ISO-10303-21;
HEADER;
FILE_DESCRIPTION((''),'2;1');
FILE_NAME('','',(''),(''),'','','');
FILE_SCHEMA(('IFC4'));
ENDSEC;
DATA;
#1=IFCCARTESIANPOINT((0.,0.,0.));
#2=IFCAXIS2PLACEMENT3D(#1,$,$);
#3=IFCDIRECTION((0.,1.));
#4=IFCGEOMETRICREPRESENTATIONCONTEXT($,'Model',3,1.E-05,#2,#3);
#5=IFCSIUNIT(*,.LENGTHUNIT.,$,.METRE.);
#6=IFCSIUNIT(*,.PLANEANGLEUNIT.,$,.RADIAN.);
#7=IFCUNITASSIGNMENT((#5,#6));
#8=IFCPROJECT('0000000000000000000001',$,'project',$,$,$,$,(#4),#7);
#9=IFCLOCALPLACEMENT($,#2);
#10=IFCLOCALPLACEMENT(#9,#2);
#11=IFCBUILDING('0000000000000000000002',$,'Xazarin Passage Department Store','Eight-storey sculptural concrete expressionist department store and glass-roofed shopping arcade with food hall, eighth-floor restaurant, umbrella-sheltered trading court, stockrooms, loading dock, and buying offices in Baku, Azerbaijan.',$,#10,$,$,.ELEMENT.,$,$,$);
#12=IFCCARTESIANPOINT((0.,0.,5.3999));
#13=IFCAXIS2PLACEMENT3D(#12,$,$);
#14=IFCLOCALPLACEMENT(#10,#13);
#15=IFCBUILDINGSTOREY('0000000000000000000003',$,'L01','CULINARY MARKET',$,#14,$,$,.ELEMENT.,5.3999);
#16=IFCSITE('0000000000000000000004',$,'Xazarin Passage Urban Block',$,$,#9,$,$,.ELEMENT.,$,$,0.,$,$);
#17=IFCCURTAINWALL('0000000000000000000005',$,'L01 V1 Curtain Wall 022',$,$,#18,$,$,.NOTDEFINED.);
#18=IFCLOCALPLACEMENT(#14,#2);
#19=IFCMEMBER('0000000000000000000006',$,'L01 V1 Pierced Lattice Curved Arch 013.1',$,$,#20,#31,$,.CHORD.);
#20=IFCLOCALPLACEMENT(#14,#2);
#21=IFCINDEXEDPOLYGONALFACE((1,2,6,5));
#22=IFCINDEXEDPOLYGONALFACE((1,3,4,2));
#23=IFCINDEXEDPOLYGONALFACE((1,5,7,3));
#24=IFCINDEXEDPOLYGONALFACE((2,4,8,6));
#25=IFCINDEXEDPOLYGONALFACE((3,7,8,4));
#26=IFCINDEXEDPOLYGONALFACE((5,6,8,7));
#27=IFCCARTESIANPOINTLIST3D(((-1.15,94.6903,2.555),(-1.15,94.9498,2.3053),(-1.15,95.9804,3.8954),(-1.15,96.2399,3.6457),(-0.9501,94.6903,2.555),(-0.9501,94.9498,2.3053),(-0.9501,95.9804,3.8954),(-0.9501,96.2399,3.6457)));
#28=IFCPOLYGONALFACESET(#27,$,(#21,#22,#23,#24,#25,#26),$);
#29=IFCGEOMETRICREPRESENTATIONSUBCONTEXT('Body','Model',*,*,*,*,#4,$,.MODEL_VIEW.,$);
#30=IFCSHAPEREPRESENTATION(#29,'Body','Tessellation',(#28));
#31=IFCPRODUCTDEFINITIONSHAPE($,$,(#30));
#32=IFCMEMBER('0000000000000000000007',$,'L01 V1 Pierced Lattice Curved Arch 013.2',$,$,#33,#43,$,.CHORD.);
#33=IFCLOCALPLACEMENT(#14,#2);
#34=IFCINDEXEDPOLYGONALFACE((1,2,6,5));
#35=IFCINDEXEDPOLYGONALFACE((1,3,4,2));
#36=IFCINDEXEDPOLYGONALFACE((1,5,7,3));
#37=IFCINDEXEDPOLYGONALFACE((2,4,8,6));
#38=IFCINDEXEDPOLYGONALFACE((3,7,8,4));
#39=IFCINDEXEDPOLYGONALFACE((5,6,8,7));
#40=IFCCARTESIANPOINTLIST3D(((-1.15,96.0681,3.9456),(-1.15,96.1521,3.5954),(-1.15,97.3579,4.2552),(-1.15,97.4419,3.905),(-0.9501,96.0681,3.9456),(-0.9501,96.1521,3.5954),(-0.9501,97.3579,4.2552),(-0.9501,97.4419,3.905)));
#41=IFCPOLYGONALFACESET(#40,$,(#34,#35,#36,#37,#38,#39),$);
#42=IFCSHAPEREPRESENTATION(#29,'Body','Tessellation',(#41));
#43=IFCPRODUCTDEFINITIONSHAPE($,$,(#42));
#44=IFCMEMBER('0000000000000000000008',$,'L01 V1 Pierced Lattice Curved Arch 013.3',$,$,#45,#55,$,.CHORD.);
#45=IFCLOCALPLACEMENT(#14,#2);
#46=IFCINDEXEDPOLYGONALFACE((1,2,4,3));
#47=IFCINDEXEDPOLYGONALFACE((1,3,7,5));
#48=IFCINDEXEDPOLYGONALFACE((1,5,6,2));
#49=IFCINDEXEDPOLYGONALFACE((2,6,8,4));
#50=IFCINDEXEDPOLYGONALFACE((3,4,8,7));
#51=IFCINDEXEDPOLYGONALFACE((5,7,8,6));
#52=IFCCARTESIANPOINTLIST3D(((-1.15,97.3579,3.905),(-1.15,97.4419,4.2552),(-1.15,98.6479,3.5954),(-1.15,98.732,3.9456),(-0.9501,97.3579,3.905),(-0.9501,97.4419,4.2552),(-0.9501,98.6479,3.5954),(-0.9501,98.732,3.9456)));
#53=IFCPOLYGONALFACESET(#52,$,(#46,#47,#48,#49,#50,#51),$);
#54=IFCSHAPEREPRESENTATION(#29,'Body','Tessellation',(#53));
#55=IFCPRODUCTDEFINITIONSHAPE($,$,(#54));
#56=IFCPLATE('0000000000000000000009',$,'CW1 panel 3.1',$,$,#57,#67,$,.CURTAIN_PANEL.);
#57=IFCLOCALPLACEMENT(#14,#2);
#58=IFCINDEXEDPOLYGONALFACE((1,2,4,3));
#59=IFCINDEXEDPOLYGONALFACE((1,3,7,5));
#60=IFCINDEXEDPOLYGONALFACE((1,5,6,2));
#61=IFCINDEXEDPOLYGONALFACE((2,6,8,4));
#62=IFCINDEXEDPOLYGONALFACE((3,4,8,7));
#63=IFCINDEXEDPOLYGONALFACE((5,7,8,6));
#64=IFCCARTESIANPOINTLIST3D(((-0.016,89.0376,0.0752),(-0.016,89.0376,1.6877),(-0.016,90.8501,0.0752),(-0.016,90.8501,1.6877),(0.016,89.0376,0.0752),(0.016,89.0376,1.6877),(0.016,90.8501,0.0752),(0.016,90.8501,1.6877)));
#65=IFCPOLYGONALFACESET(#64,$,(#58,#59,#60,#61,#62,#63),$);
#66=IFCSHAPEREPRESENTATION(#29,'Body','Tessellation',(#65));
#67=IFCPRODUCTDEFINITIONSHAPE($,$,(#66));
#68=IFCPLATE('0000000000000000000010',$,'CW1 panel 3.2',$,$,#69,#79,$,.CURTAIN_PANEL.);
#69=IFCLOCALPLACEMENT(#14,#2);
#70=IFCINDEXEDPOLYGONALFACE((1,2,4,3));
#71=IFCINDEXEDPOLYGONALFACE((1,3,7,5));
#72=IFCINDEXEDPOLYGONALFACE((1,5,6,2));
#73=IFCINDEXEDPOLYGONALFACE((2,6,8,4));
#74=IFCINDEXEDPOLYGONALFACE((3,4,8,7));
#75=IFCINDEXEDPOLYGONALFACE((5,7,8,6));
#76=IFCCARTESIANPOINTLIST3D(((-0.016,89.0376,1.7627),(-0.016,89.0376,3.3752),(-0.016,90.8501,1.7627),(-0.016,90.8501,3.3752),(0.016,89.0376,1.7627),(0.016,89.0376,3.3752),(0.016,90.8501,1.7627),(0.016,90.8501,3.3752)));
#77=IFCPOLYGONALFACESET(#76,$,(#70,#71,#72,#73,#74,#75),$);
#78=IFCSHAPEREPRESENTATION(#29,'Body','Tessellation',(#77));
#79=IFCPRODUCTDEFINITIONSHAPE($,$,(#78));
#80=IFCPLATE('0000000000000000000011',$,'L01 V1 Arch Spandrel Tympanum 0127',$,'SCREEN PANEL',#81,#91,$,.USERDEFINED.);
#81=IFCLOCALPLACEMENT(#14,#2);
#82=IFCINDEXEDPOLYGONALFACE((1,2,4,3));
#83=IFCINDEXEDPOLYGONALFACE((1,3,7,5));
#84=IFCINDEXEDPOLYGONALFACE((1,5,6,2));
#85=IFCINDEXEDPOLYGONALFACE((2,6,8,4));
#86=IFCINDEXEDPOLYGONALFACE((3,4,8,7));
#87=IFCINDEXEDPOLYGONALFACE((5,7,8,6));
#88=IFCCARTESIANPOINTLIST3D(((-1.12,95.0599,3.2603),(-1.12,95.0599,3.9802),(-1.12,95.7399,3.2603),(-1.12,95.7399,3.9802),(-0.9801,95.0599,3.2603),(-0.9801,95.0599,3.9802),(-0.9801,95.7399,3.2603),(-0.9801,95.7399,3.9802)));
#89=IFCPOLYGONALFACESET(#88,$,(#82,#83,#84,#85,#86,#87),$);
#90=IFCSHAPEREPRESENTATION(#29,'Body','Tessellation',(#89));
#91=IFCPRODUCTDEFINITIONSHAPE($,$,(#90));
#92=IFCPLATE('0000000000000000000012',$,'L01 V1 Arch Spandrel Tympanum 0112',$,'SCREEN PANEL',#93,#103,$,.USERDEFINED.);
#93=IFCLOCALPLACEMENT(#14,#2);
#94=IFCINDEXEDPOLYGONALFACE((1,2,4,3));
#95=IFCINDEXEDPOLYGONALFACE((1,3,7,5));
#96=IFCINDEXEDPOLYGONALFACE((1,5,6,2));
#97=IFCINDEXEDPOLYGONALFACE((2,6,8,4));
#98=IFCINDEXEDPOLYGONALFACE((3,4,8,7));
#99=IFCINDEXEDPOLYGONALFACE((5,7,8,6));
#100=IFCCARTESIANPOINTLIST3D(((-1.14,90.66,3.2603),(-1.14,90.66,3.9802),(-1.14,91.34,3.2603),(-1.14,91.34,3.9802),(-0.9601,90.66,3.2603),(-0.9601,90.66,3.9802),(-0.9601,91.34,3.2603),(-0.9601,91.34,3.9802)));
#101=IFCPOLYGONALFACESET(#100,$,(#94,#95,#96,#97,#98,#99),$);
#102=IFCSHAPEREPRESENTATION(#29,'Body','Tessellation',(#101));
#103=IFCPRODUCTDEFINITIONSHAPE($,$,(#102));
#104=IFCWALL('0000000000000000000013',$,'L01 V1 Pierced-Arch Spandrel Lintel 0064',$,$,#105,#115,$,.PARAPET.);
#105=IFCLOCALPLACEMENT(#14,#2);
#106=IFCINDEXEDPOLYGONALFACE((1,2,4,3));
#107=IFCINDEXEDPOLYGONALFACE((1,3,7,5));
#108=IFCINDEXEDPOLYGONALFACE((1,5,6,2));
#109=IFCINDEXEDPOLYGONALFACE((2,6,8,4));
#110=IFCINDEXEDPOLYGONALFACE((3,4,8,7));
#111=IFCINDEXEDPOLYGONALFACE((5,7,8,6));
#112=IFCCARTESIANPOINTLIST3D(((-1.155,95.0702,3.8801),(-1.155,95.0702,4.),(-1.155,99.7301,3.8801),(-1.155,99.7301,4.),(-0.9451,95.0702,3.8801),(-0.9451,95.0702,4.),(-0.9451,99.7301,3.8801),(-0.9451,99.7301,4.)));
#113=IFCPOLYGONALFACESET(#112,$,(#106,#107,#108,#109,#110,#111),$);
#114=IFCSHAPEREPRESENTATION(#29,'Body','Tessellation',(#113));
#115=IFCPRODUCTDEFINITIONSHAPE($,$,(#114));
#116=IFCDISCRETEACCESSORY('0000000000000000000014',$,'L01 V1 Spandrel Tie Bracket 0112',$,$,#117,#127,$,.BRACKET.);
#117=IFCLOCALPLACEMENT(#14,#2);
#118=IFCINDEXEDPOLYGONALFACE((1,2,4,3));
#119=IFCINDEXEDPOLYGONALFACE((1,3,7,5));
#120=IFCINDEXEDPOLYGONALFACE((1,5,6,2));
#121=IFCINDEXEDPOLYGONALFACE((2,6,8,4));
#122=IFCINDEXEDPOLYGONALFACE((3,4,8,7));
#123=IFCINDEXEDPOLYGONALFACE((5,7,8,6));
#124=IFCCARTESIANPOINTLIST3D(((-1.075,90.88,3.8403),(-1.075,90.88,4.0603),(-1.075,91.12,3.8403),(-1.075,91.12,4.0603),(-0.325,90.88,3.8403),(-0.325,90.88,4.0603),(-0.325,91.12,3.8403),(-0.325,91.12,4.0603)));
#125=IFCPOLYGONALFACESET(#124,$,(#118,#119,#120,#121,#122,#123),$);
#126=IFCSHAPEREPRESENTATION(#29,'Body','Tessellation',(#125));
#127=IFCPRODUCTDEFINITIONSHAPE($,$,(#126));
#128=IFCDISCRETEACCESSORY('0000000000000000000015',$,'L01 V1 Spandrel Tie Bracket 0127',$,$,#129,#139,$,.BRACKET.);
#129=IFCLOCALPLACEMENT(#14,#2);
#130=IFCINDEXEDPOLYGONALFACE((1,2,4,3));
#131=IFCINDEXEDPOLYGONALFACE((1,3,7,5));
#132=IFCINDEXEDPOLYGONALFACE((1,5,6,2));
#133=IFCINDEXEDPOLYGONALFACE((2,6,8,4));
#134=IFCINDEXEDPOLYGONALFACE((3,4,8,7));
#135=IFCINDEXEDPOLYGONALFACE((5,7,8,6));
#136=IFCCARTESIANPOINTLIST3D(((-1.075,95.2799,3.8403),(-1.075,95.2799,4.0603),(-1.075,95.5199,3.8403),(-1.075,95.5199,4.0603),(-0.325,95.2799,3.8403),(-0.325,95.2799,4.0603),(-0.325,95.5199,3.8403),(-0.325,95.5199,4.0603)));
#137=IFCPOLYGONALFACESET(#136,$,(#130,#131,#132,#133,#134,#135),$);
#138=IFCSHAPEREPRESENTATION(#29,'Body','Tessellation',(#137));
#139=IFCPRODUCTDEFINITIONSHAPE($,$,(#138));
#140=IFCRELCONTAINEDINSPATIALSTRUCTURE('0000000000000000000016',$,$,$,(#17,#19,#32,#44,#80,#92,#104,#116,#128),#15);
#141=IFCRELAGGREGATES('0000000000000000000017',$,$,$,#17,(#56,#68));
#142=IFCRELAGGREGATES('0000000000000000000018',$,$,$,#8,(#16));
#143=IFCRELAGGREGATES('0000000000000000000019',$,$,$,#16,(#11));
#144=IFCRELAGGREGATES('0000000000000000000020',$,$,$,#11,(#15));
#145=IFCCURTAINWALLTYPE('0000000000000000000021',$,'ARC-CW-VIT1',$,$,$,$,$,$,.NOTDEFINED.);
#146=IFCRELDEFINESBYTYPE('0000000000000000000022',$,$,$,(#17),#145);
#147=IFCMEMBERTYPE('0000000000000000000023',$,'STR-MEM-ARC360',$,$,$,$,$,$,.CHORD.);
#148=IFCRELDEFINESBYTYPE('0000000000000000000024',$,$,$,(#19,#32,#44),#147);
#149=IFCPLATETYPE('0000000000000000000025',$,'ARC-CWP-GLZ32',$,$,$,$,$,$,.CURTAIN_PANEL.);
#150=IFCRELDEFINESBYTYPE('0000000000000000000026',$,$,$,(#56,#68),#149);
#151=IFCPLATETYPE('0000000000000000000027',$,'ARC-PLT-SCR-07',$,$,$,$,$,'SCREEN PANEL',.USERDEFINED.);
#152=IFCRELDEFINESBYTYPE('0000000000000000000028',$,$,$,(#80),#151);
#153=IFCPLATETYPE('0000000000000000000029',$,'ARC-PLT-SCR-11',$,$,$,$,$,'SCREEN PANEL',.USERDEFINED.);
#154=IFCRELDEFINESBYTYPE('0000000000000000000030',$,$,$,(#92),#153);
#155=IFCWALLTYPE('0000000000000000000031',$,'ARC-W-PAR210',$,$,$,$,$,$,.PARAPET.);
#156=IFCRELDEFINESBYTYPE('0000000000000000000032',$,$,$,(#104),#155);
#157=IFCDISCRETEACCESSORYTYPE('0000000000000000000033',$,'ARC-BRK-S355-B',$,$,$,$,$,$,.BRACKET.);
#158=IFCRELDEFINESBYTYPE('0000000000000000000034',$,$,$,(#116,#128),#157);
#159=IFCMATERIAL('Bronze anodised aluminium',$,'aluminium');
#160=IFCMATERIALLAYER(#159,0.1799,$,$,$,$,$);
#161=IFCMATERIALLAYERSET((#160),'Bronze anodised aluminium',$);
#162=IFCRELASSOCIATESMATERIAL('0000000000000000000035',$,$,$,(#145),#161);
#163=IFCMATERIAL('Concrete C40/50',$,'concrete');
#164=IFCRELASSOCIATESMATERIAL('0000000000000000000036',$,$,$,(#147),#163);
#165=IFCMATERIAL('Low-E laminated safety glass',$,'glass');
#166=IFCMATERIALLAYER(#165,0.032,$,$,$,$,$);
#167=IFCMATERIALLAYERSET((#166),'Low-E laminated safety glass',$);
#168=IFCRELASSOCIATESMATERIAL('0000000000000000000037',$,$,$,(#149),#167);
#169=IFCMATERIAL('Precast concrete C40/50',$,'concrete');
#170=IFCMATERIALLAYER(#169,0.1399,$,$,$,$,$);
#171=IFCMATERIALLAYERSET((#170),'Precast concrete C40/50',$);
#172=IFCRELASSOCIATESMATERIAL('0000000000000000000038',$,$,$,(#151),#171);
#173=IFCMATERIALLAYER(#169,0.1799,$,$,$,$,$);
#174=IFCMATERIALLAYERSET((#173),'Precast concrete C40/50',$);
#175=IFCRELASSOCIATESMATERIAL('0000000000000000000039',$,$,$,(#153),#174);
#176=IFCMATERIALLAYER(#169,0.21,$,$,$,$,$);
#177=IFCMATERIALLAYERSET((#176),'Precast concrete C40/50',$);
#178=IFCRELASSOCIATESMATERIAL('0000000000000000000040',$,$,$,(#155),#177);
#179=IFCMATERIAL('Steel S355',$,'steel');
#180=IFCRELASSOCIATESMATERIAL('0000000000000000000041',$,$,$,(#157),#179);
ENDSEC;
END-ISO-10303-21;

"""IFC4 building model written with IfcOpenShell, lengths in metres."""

from ifc_helpers import new_model, si_unit, direction, frame, frame_2d, origin, origin_2d, place, context, subcontext, project, spatial, rectangle, extrude, material, layer, layer_set, material_profile, profile_set, type_object, element, aggregate, save


model = new_model("IFC4")

# Units and contexts
model_context = context("Model", 3, precision=1e-05, world=origin(), true_north=direction((0.0, 1.0)))
body_context = subcontext(model_context, "Body", "Model", "MODEL_VIEW")
ifc_project = project(units=[si_unit("LENGTHUNIT", "METRE"), si_unit("PLANEANGLEUNIT", "RADIAN")], contexts=[model_context])

# Site, building, storey
site_placement = place(None, origin())
site = spatial("IfcSite", under=ifc_project, at=site_placement, Name="Xazarin Passage Urban Block", CompositionType="ELEMENT", RefElevation=0.0)
building_placement = place(site_placement, origin())
building = spatial("IfcBuilding", under=site, at=building_placement, Name="Xazarin Passage Department Store", Description="Eight-storey sculptural concrete expressionist department store and glass-roofed shopping arcade with food hall, eighth-floor restaurant, umbrella-sheltered trading court, stockrooms, loading dock, and buying offices in Baku, Azerbaijan.", CompositionType="ELEMENT")
storey_placement = place(building_placement, frame((0.0, 0.0, 5.3999)))
storey = spatial("IfcBuildingStorey", under=building, at=storey_placement, Name="L01", Description="CULINARY MARKET", CompositionType="ELEMENT", Elevation=5.3999)

# Shared definitions
ifc_material_1 = material(Name="Concrete C40/50", Category="concrete")

# Curtain wall
ifc_material_2 = material(Name="Bronze anodised aluminium", Category="aluminium")
ifc_layer_1 = layer(ifc_material_2, 0.1799)
ifc_layer_set_1 = layer_set([ifc_layer_1], Name="Bronze anodised aluminium")
curtain_wall_type = type_object("IfcCurtainWallType", Name="ARC-CW-VIT1", PredefinedType="NOTDEFINED", material=ifc_layer_set_1)
curtain_wall_placement = place(storey_placement, origin())
curtain_wall = element("IfcCurtainWall", 1, at=curtain_wall_placement, inside=storey, type_object=curtain_wall_type, Name="L01 V1 Curtain Wall 022", PredefinedType="NOTDEFINED")

# Members
ifc_material_profile_1 = material_profile(ifc_material_1, rectangle(XDim=0.2, YDim=0.3601, at=origin_2d()), Name="RC 200x360")
ifc_profile_set_1 = profile_set([ifc_material_profile_1], Name="Concrete C40/50")
member_type_1 = type_object("IfcMemberType", Name="STR-MEM-ARC360", PredefinedType="CHORD", material=ifc_profile_set_1)
for number, where, z_axis, x_axis, name in (
    (2, (-1.05, 94.8201, 2.4302), (0.0, 0.69346, 0.720495), (-1.0, 0.0, 0.0), "L01 V1 Pierced Lattice Curved Arch 013.1"),
):
    element("IfcMember", number, at=place(storey_placement, frame(where, z_axis=z_axis, x_axis=x_axis)), inside=storey, type_object=member_type_1, Name=name, PredefinedType="CHORD", context=body_context, shape_type="SweptSolid", body=[
        extrude(rectangle(XDim=0.2, YDim=0.3601, at=origin_2d()), origin(), (0.0, 0.0, 1.0), 1.8604),
    ])
member_1_placement = place(storey_placement, frame((-1.05, 96.1101, 3.7705), z_axis=(0.0, 0.972384, 0.233387), x_axis=(-1.0, 0.0, 0.0)))
element("IfcMember", 3, at=member_1_placement, inside=storey, type_object=member_type_1, Name="L01 V1 Pierced Lattice Curved Arch 013.2", PredefinedType="CHORD", context=body_context, shape_type="SweptSolid", body=[
    extrude(rectangle(XDim=0.2, YDim=0.3601, at=origin_2d()), origin(), (0.0, 0.0, 1.0), 1.3264),
])
member_2_placement = place(storey_placement, frame((-1.05, 97.3999, 4.0801), z_axis=(0.0, 0.972394, -0.233345), x_axis=(-1.0, 0.0, 0.0)))
element("IfcMember", 4, at=member_2_placement, inside=storey, type_object=member_type_1, Name="L01 V1 Pierced Lattice Curved Arch 013.3", PredefinedType="CHORD", context=body_context, shape_type="SweptSolid", body=[
    extrude(rectangle(XDim=0.2, YDim=0.3601, at=origin_2d()), origin(), (0.0, 0.0, 1.0), 1.3267),
])

# Plates
ifc_material_3 = material(Name="Low-E laminated safety glass", Category="glass")
ifc_layer_2 = layer(ifc_material_3, 0.032)
ifc_layer_set_2 = layer_set([ifc_layer_2], Name="Low-E laminated safety glass")
plate_type_1 = type_object("IfcPlateType", Name="ARC-CWP-GLZ32", PredefinedType="CURTAIN_PANEL", material=ifc_layer_set_2)
plate_1_placement = place(storey_placement, frame((0.0, 89.9438, 0.0752), z_axis=(0.0, 0.0, 1.0), x_axis=(0.0, 1.0, 0.0)))
plate_1 = element("IfcPlate", 5, at=plate_1_placement, type_object=plate_type_1, Name="CW1 panel 3.1", PredefinedType="CURTAIN_PANEL", context=body_context, shape_type="SweptSolid", body=[
    extrude(rectangle(XDim=1.8125, YDim=0.032, at=origin_2d()), origin(), (0.0, 0.0, 1.0), 1.6125),
])
plate_2_placement = place(storey_placement, frame((0.0, 89.9438, 1.7627), z_axis=(0.0, 0.0, 1.0), x_axis=(0.0, 1.0, 0.0)))
plate_2 = element("IfcPlate", 6, at=plate_2_placement, type_object=plate_type_1, Name="CW1 panel 3.2", PredefinedType="CURTAIN_PANEL", context=body_context, shape_type="SweptSolid", body=[
    extrude(rectangle(XDim=1.8125, YDim=0.032, at=origin_2d()), origin(), (0.0, 0.0, 1.0), 1.6125),
])
aggregate(curtain_wall, [plate_1, plate_2])

# Plates
ifc_material_4 = material(Name="Precast concrete C40/50", Category="concrete")
ifc_layer_3 = layer(ifc_material_4, 0.1399)
ifc_layer_set_3 = layer_set([ifc_layer_3], Name="Precast concrete C40/50")
plate_type_2 = type_object("IfcPlateType", Name="ARC-PLT-SCR-07", ElementType="SCREEN PANEL", PredefinedType="USERDEFINED", material=ifc_layer_set_3)
plate_3_placement = place(storey_placement, frame((-1.05, 95.3999, 3.2603), z_axis=(0.0, 0.0, 1.0), x_axis=(0.0, 1.0, 0.0)))
element("IfcPlate", 7, at=plate_3_placement, inside=storey, type_object=plate_type_2, Name="L01 V1 Arch Spandrel Tympanum 0127", ObjectType="SCREEN PANEL", PredefinedType="USERDEFINED", context=body_context, shape_type="SweptSolid", body=[
    extrude(rectangle(XDim=0.6799, YDim=0.1399, at=origin_2d()), origin(), (0.0, 0.0, 1.0), 0.72),
])
ifc_layer_4 = layer(ifc_material_4, 0.1799)
ifc_layer_set_4 = layer_set([ifc_layer_4], Name="Precast concrete C40/50")
plate_type_3 = type_object("IfcPlateType", Name="ARC-PLT-SCR-11", ElementType="SCREEN PANEL", PredefinedType="USERDEFINED", material=ifc_layer_set_4)
plate_4_placement = place(storey_placement, frame((-1.05, 91.0, 3.2603), z_axis=(0.0, 0.0, 1.0), x_axis=(0.0, 1.0, 0.0)))
element("IfcPlate", 8, at=plate_4_placement, inside=storey, type_object=plate_type_3, Name="L01 V1 Arch Spandrel Tympanum 0112", ObjectType="SCREEN PANEL", PredefinedType="USERDEFINED", context=body_context, shape_type="SweptSolid", body=[
    extrude(rectangle(XDim=0.6799, YDim=0.1799, at=origin_2d()), origin(), (0.0, 0.0, 1.0), 0.72),
])

# Wall
ifc_layer_5 = layer(ifc_material_4, 0.21)
ifc_layer_set_5 = layer_set([ifc_layer_5], Name="Precast concrete C40/50")
wall_type = type_object("IfcWallType", Name="ARC-W-PAR210", PredefinedType="PARAPET", material=ifc_layer_set_5)
wall_placement = place(storey_placement, frame((-1.05, 95.0701, 3.8801), z_axis=(0.0, 0.0, 1.0), x_axis=(0.0, 1.0, 0.0)))
element("IfcWall", 9, at=wall_placement, inside=storey, type_object=wall_type, Name="L01 V1 Pierced-Arch Spandrel Lintel 0064", PredefinedType="PARAPET", context=body_context, shape_type="SweptSolid", body=[
    extrude(rectangle(XDim=4.6599, YDim=0.21, at=frame_2d((2.3301, 0.0))), origin(), (0.0, 0.0, 1.0), 0.1199),
])

# Discrete accessories
ifc_material_5 = material(Name="Steel S355", Category="steel")
discrete_accessory_type = type_object("IfcDiscreteAccessoryType", Name="ARC-BRK-S355-B", PredefinedType="BRACKET", material=ifc_material_5)
for number, where, z_axis, x_axis, name in (
    (10, (-0.7, 91.0, 3.8403), (0.0, 0.0, 1.0), (0.0, 1.0, 0.0), "L01 V1 Spandrel Tie Bracket 0112"),
    (11, (-0.7, 95.3999, 3.8403), (0.0, 0.0, 1.0), (0.0, 1.0, 0.0), "L01 V1 Spandrel Tie Bracket 0127"),
):
    element("IfcDiscreteAccessory", number, at=place(storey_placement, frame(where, z_axis=z_axis, x_axis=x_axis)), inside=storey, type_object=discrete_accessory_type, Name=name, PredefinedType="BRACKET", context=body_context, shape_type="SweptSolid", body=[
        extrude(rectangle(XDim=0.24, YDim=0.75, at=origin_2d()), origin(), (0.0, 0.0, 1.0), 0.22),
    ])

save(model, "model.ifc")
